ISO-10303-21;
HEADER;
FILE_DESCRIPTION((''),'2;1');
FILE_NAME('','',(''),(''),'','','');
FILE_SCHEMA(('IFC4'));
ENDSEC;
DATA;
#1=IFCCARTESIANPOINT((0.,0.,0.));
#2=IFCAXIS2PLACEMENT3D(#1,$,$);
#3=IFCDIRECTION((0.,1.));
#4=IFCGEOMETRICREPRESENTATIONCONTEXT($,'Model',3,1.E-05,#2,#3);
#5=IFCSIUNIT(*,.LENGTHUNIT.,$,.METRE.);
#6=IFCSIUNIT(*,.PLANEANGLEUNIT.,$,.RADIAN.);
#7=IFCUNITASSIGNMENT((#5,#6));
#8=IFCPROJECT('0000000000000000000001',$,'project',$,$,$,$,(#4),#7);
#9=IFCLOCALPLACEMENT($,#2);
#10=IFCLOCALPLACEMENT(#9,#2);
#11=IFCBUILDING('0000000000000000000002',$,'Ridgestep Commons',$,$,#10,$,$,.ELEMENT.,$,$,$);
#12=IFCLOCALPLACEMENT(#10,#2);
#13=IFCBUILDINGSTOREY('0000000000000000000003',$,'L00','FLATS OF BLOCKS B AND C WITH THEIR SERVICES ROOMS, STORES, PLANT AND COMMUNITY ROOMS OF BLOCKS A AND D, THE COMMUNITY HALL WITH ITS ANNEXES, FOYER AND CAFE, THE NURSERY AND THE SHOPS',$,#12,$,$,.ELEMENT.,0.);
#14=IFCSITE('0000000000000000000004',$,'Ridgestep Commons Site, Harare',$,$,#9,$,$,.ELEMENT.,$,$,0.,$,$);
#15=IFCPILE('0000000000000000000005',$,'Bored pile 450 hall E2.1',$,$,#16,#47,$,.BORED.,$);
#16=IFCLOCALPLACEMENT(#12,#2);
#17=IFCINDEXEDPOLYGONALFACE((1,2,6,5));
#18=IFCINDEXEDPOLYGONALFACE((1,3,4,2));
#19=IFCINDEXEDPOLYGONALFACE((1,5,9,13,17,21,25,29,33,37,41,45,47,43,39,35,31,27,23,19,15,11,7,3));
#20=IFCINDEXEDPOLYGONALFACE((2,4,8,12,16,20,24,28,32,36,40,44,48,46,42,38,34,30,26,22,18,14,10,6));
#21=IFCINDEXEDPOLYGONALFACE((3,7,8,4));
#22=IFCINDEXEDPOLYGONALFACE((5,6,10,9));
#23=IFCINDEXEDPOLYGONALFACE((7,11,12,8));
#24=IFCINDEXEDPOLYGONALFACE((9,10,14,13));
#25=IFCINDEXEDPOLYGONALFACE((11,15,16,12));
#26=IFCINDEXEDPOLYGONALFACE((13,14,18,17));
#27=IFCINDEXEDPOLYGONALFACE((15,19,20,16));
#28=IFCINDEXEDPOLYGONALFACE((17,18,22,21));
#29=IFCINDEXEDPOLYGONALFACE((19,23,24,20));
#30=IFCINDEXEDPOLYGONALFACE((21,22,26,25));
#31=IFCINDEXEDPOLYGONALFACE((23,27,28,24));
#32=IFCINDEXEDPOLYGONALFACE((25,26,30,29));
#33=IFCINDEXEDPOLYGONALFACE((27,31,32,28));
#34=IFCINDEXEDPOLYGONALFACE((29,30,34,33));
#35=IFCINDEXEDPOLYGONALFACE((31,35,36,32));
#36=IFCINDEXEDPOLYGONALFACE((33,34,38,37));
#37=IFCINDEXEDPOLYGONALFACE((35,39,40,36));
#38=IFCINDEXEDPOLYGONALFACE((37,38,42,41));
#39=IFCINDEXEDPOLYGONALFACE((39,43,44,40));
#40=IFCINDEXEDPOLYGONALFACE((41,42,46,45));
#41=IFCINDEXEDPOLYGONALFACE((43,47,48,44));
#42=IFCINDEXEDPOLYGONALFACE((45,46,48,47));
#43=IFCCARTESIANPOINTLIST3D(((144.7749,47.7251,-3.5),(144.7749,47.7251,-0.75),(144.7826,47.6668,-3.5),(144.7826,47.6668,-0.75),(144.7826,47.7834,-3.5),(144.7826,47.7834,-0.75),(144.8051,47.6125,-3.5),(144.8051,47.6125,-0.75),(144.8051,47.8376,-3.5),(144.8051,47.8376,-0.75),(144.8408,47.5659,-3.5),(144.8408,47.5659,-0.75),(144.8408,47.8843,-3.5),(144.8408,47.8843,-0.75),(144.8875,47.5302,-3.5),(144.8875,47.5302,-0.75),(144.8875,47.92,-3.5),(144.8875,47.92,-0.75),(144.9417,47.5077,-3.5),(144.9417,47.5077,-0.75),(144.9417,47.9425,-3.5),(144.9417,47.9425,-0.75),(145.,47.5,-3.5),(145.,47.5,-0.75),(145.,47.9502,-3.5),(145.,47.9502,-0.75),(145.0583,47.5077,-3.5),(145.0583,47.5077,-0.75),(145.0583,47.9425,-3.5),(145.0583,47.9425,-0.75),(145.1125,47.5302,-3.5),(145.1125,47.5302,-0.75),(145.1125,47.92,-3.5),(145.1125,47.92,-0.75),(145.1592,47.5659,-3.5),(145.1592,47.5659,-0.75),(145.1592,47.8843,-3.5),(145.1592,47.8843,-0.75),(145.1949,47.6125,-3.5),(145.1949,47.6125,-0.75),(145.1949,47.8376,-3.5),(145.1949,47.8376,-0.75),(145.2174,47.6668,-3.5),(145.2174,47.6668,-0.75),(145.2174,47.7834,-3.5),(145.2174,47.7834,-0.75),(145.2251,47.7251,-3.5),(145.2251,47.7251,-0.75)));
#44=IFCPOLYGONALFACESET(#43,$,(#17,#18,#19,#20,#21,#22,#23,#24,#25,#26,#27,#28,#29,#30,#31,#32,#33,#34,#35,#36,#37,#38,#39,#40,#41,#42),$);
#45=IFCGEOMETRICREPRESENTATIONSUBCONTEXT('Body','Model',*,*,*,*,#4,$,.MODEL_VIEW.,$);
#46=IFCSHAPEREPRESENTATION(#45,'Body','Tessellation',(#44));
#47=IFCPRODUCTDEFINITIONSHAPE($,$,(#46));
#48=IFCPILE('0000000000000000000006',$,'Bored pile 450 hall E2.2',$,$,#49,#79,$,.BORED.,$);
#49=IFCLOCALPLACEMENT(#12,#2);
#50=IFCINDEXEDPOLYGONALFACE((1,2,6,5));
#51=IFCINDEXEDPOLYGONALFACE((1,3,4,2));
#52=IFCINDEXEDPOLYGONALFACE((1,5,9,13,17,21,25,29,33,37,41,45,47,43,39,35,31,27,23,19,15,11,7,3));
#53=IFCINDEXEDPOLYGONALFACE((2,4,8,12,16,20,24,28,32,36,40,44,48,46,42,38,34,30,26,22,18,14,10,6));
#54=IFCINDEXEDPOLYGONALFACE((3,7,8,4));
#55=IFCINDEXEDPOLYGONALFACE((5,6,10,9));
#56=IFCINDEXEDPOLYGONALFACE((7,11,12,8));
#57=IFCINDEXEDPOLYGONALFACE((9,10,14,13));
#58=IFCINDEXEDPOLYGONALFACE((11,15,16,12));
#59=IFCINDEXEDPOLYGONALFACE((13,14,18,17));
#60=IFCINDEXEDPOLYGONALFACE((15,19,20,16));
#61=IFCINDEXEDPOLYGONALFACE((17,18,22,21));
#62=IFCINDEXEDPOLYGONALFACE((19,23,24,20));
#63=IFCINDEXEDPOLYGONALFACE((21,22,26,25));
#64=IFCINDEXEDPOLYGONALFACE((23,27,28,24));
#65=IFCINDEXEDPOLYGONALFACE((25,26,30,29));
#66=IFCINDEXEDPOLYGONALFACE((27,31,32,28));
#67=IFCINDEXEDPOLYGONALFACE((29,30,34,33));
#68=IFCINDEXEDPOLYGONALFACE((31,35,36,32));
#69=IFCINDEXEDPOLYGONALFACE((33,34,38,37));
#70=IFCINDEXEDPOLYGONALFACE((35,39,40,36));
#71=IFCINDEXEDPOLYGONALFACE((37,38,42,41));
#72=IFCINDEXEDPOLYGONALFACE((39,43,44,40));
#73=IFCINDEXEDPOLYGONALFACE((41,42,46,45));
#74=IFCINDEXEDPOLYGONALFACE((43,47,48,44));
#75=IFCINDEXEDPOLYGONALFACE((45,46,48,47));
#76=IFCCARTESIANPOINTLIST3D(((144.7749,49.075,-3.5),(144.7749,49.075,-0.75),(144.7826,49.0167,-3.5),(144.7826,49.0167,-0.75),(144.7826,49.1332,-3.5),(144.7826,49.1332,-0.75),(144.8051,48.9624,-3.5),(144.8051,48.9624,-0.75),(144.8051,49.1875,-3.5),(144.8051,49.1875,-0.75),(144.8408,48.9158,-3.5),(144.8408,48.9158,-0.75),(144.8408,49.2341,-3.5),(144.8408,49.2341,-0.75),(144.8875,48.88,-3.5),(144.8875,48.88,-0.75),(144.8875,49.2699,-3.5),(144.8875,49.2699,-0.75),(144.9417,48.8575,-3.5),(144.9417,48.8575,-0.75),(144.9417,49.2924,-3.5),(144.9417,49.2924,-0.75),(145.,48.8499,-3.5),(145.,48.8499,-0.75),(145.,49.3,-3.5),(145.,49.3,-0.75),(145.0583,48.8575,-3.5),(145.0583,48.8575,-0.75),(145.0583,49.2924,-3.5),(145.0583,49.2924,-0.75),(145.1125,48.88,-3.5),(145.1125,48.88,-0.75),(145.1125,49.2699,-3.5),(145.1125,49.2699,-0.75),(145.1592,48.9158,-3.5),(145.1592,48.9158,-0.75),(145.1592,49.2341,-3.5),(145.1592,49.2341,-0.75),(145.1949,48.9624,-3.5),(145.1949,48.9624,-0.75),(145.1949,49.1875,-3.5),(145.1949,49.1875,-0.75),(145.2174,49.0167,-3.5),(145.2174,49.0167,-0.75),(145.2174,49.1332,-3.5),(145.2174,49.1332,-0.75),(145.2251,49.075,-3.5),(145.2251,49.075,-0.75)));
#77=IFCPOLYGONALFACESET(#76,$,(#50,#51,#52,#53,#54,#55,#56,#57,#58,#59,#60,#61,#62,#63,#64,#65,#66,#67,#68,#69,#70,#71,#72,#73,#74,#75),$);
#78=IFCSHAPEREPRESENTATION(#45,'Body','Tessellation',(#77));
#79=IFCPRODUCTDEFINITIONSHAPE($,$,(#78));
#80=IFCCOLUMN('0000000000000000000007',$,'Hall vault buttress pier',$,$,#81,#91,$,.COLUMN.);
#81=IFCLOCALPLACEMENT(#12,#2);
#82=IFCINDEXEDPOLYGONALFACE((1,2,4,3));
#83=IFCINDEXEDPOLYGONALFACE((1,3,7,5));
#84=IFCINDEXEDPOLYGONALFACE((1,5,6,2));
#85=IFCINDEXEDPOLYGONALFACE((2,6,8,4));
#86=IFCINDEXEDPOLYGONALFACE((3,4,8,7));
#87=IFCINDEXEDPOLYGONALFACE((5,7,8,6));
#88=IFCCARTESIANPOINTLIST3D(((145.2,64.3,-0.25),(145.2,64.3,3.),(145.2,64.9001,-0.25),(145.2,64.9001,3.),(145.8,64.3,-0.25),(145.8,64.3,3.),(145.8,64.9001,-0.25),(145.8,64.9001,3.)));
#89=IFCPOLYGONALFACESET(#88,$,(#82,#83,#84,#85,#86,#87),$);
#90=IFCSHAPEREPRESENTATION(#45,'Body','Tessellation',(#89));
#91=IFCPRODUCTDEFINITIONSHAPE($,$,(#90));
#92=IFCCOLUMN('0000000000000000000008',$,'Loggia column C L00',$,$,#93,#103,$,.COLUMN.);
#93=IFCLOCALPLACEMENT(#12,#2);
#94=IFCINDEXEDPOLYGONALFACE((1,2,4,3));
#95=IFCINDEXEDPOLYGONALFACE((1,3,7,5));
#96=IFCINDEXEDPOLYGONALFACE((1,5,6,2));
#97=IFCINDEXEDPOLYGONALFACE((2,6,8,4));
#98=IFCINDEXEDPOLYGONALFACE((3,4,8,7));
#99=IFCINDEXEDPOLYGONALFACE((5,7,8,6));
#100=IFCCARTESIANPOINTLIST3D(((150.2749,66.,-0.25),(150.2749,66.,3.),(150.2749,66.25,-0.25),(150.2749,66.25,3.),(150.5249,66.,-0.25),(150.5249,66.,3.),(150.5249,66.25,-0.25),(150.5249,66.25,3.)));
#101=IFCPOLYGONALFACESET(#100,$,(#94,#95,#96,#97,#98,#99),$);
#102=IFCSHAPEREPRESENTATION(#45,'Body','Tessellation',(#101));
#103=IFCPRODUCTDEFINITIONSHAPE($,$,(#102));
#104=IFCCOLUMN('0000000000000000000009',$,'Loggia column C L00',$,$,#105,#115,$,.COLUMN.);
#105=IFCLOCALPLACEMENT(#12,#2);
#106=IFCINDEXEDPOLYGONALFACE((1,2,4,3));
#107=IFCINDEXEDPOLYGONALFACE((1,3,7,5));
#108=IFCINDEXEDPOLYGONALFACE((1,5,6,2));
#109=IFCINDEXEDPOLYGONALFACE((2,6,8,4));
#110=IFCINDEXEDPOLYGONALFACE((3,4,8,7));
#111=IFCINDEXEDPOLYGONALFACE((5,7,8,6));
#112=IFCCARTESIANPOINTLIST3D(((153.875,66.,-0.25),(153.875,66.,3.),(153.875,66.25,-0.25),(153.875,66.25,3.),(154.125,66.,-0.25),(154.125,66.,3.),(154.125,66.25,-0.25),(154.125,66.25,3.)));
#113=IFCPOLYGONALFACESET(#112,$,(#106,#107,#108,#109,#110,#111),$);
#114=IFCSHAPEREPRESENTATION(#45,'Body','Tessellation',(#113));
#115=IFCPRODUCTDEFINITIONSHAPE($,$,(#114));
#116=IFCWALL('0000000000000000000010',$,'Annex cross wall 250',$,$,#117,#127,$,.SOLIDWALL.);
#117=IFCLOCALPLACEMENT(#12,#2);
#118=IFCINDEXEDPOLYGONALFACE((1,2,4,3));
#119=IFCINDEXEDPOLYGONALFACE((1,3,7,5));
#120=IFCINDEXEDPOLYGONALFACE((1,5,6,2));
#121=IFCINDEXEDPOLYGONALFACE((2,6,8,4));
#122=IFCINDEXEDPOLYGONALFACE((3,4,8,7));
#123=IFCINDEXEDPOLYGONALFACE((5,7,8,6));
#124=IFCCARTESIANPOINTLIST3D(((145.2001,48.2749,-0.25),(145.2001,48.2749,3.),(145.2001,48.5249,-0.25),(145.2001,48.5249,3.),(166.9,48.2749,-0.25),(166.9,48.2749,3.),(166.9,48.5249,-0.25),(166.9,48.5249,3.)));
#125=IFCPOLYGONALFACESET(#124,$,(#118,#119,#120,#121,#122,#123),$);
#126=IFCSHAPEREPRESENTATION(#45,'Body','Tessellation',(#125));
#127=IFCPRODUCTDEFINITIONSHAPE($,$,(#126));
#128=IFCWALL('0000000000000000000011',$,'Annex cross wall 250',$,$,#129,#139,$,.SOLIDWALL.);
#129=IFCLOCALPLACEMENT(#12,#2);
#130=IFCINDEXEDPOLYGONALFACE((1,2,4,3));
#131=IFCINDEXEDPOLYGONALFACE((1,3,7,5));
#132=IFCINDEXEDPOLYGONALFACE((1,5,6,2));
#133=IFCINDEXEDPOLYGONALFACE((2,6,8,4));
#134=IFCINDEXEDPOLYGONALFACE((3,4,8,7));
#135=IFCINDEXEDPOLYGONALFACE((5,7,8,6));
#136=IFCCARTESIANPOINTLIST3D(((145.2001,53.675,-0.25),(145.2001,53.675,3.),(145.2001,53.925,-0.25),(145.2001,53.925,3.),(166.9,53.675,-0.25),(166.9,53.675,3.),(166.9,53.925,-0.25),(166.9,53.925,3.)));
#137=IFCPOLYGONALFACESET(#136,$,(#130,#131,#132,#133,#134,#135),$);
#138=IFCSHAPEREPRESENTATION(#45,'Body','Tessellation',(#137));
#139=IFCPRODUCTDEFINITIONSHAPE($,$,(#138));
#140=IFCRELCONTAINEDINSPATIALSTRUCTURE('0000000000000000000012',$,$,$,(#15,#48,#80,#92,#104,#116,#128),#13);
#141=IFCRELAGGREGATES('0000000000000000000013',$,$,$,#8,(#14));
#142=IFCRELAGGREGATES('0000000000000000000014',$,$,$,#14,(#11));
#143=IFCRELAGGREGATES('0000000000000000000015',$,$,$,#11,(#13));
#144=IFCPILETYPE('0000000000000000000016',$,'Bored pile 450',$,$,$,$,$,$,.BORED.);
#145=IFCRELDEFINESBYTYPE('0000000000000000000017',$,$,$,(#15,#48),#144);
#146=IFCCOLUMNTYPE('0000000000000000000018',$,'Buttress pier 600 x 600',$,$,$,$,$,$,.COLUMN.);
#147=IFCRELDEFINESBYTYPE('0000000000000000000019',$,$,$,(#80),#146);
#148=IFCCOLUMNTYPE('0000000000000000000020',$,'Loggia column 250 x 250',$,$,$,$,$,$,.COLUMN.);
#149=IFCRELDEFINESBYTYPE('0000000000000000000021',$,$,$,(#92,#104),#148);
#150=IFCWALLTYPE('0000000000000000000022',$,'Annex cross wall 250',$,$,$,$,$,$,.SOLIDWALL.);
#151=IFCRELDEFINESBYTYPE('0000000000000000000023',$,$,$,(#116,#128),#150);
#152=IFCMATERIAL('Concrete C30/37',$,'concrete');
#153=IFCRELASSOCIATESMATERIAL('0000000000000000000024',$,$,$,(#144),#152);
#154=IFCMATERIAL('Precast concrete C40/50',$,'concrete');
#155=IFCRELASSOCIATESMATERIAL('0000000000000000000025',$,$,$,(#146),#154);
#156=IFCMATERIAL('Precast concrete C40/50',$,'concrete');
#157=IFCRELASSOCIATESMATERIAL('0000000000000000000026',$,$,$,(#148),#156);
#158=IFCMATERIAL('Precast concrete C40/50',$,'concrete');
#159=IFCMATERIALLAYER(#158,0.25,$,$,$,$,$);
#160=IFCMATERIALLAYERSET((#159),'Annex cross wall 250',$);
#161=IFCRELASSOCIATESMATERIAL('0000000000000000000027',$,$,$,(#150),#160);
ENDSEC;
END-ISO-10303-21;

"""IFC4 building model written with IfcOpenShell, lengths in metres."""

from ifc_helpers import new_model, si_unit, direction, frame, frame_2d, origin, origin_2d, place, context, subcontext, project, spatial, rectangle, circle, extrude, material, layer, layer_set, material_profile, profile_set, type_object, element, save


model = new_model("IFC4")

# Units and contexts
model_context = context("Model", 3, precision=1e-05, world=origin(), true_north=direction((0.0, 1.0)))
body_context = subcontext(model_context, "Body", "Model", "MODEL_VIEW")
ifc_project = project(units=[si_unit("LENGTHUNIT", "METRE"), si_unit("PLANEANGLEUNIT", "RADIAN")], contexts=[model_context])

# Site, building, storey
site_placement = place(None, origin())
site = spatial("IfcSite", under=ifc_project, at=site_placement, Name="Ridgestep Commons Site, Harare", CompositionType="ELEMENT", RefElevation=0.0)
building_placement = place(site_placement, origin())
building = spatial("IfcBuilding", under=site, at=building_placement, Name="Ridgestep Commons", CompositionType="ELEMENT")
storey_placement = place(building_placement, origin())
storey = spatial("IfcBuildingStorey", under=building, at=storey_placement, Name="L00", Description="FLATS OF BLOCKS B AND C WITH THEIR SERVICES ROOMS, STORES, PLANT AND COMMUNITY ROOMS OF BLOCKS A AND D, THE COMMUNITY HALL WITH ITS ANNEXES, FOYER AND CAFE, THE NURSERY AND THE SHOPS", CompositionType="ELEMENT", Elevation=0.0)

# Piles
ifc_material_1 = material(Name="Concrete C30/37", Category="concrete")
ifc_material_profile_1 = material_profile(ifc_material_1, circle(Radius=0.2251, at=origin_2d()), Name="Pile D450")
ifc_profile_set_1 = profile_set([ifc_material_profile_1], Name="Concrete C30/37")
pile_type = type_object("IfcPileType", Name="Bored pile 450", PredefinedType="BORED", material=ifc_profile_set_1)
for number, where, z_axis, x_axis, name in (
    (1, (145.0, 47.7251, -0.75), (0.0, 0.0, -1.0), (1.0, 0.0, 0.0), "Bored pile 450 hall E2.1"),
    (2, (145.0, 49.075, -0.75), (0.0, 0.0, -1.0), (1.0, 0.0, 0.0), "Bored pile 450 hall E2.2"),
):
    element("IfcPile", number, at=place(storey_placement, frame(where, z_axis=z_axis, x_axis=x_axis)), inside=storey, type_object=pile_type, Name=name, PredefinedType="BORED", context=body_context, shape_type="SweptSolid", body=[
        extrude(circle(Radius=0.2251, at=origin_2d()), origin(), (0.0, 0.0, 1.0), 2.75),
    ])

# Columns
ifc_material_2 = material(Name="Precast concrete C40/50", Category="concrete")
ifc_material_profile_2 = material_profile(ifc_material_2, rectangle(XDim=0.6001, YDim=0.6001, at=origin_2d()), Name="Buttress pier 600 x 600")
ifc_profile_set_2 = profile_set([ifc_material_profile_2], Name="Precast concrete C40/50")
column_type_1 = type_object("IfcColumnType", Name="Buttress pier 600 x 600", PredefinedType="COLUMN", material=ifc_profile_set_2)
column_placement = place(storey_placement, frame((145.5, 64.6001, -0.25), z_axis=(0.0, 0.0, 1.0), x_axis=(1.0, 0.0, 0.0)))
element("IfcColumn", 3, at=column_placement, inside=storey, type_object=column_type_1, Name="Hall vault buttress pier", PredefinedType="COLUMN", context=body_context, shape_type="SweptSolid", body=[
    extrude(rectangle(XDim=0.6001, YDim=0.6001, at=origin_2d()), origin(), (0.0, 0.0, 1.0), 3.25),
])
ifc_material_3 = material(Name="Precast concrete C40/50", Category="concrete")
ifc_material_profile_3 = material_profile(ifc_material_3, rectangle(XDim=0.25, YDim=0.25, at=origin_2d()), Name="PC 250x250")
ifc_profile_set_3 = profile_set([ifc_material_profile_3], Name="Precast concrete C40/50")
column_type_2 = type_object("IfcColumnType", Name="Loggia column 250 x 250", PredefinedType="COLUMN", material=ifc_profile_set_3)
for number, where, z_axis, x_axis, name in (
    (4, (150.3999, 66.125, -0.25), (0.0, 0.0, 1.0), (1.0, 0.0, 0.0), "Loggia column C L00"),
    (5, (154.0, 66.125, -0.25), (0.0, 0.0, 1.0), (1.0, 0.0, 0.0), "Loggia column C L00"),
):
    element("IfcColumn", number, at=place(storey_placement, frame(where, z_axis=z_axis, x_axis=x_axis)), inside=storey, type_object=column_type_2, Name=name, PredefinedType="COLUMN", context=body_context, shape_type="SweptSolid", body=[
        extrude(rectangle(XDim=0.25, YDim=0.25, at=origin_2d()), origin(), (0.0, 0.0, 1.0), 3.25),
    ])

# Walls
ifc_material_4 = material(Name="Precast concrete C40/50", Category="concrete")
ifc_layer_1 = layer(ifc_material_4, 0.25)
ifc_layer_set_1 = layer_set([ifc_layer_1], Name="Annex cross wall 250")
wall_type_1 = type_object("IfcWallType", Name="Annex cross wall 250", PredefinedType="SOLIDWALL", material=ifc_layer_set_1)
for number, where, z_axis, x_axis, name in (
    (6, (145.2, 48.3999, -0.25), (0.0, 0.0, 1.0), (1.0, 0.0, 0.0), "Annex cross wall 250"),
    (7, (145.2, 53.8, -0.25), (0.0, 0.0, 1.0), (1.0, 0.0, 0.0), "Annex cross wall 250"),
):
    element("IfcWall", number, at=place(storey_placement, frame(where, z_axis=z_axis, x_axis=x_axis)), inside=storey, type_object=wall_type_1, Name=name, PredefinedType="SOLIDWALL", context=body_context, shape_type="SweptSolid", body=[
        extrude(rectangle(XDim=21.7, YDim=0.25, at=frame_2d((10.8501, 0.0))), origin(), (0.0, 0.0, 1.0), 3.25),
    ])

save(model, "model.ifc")
